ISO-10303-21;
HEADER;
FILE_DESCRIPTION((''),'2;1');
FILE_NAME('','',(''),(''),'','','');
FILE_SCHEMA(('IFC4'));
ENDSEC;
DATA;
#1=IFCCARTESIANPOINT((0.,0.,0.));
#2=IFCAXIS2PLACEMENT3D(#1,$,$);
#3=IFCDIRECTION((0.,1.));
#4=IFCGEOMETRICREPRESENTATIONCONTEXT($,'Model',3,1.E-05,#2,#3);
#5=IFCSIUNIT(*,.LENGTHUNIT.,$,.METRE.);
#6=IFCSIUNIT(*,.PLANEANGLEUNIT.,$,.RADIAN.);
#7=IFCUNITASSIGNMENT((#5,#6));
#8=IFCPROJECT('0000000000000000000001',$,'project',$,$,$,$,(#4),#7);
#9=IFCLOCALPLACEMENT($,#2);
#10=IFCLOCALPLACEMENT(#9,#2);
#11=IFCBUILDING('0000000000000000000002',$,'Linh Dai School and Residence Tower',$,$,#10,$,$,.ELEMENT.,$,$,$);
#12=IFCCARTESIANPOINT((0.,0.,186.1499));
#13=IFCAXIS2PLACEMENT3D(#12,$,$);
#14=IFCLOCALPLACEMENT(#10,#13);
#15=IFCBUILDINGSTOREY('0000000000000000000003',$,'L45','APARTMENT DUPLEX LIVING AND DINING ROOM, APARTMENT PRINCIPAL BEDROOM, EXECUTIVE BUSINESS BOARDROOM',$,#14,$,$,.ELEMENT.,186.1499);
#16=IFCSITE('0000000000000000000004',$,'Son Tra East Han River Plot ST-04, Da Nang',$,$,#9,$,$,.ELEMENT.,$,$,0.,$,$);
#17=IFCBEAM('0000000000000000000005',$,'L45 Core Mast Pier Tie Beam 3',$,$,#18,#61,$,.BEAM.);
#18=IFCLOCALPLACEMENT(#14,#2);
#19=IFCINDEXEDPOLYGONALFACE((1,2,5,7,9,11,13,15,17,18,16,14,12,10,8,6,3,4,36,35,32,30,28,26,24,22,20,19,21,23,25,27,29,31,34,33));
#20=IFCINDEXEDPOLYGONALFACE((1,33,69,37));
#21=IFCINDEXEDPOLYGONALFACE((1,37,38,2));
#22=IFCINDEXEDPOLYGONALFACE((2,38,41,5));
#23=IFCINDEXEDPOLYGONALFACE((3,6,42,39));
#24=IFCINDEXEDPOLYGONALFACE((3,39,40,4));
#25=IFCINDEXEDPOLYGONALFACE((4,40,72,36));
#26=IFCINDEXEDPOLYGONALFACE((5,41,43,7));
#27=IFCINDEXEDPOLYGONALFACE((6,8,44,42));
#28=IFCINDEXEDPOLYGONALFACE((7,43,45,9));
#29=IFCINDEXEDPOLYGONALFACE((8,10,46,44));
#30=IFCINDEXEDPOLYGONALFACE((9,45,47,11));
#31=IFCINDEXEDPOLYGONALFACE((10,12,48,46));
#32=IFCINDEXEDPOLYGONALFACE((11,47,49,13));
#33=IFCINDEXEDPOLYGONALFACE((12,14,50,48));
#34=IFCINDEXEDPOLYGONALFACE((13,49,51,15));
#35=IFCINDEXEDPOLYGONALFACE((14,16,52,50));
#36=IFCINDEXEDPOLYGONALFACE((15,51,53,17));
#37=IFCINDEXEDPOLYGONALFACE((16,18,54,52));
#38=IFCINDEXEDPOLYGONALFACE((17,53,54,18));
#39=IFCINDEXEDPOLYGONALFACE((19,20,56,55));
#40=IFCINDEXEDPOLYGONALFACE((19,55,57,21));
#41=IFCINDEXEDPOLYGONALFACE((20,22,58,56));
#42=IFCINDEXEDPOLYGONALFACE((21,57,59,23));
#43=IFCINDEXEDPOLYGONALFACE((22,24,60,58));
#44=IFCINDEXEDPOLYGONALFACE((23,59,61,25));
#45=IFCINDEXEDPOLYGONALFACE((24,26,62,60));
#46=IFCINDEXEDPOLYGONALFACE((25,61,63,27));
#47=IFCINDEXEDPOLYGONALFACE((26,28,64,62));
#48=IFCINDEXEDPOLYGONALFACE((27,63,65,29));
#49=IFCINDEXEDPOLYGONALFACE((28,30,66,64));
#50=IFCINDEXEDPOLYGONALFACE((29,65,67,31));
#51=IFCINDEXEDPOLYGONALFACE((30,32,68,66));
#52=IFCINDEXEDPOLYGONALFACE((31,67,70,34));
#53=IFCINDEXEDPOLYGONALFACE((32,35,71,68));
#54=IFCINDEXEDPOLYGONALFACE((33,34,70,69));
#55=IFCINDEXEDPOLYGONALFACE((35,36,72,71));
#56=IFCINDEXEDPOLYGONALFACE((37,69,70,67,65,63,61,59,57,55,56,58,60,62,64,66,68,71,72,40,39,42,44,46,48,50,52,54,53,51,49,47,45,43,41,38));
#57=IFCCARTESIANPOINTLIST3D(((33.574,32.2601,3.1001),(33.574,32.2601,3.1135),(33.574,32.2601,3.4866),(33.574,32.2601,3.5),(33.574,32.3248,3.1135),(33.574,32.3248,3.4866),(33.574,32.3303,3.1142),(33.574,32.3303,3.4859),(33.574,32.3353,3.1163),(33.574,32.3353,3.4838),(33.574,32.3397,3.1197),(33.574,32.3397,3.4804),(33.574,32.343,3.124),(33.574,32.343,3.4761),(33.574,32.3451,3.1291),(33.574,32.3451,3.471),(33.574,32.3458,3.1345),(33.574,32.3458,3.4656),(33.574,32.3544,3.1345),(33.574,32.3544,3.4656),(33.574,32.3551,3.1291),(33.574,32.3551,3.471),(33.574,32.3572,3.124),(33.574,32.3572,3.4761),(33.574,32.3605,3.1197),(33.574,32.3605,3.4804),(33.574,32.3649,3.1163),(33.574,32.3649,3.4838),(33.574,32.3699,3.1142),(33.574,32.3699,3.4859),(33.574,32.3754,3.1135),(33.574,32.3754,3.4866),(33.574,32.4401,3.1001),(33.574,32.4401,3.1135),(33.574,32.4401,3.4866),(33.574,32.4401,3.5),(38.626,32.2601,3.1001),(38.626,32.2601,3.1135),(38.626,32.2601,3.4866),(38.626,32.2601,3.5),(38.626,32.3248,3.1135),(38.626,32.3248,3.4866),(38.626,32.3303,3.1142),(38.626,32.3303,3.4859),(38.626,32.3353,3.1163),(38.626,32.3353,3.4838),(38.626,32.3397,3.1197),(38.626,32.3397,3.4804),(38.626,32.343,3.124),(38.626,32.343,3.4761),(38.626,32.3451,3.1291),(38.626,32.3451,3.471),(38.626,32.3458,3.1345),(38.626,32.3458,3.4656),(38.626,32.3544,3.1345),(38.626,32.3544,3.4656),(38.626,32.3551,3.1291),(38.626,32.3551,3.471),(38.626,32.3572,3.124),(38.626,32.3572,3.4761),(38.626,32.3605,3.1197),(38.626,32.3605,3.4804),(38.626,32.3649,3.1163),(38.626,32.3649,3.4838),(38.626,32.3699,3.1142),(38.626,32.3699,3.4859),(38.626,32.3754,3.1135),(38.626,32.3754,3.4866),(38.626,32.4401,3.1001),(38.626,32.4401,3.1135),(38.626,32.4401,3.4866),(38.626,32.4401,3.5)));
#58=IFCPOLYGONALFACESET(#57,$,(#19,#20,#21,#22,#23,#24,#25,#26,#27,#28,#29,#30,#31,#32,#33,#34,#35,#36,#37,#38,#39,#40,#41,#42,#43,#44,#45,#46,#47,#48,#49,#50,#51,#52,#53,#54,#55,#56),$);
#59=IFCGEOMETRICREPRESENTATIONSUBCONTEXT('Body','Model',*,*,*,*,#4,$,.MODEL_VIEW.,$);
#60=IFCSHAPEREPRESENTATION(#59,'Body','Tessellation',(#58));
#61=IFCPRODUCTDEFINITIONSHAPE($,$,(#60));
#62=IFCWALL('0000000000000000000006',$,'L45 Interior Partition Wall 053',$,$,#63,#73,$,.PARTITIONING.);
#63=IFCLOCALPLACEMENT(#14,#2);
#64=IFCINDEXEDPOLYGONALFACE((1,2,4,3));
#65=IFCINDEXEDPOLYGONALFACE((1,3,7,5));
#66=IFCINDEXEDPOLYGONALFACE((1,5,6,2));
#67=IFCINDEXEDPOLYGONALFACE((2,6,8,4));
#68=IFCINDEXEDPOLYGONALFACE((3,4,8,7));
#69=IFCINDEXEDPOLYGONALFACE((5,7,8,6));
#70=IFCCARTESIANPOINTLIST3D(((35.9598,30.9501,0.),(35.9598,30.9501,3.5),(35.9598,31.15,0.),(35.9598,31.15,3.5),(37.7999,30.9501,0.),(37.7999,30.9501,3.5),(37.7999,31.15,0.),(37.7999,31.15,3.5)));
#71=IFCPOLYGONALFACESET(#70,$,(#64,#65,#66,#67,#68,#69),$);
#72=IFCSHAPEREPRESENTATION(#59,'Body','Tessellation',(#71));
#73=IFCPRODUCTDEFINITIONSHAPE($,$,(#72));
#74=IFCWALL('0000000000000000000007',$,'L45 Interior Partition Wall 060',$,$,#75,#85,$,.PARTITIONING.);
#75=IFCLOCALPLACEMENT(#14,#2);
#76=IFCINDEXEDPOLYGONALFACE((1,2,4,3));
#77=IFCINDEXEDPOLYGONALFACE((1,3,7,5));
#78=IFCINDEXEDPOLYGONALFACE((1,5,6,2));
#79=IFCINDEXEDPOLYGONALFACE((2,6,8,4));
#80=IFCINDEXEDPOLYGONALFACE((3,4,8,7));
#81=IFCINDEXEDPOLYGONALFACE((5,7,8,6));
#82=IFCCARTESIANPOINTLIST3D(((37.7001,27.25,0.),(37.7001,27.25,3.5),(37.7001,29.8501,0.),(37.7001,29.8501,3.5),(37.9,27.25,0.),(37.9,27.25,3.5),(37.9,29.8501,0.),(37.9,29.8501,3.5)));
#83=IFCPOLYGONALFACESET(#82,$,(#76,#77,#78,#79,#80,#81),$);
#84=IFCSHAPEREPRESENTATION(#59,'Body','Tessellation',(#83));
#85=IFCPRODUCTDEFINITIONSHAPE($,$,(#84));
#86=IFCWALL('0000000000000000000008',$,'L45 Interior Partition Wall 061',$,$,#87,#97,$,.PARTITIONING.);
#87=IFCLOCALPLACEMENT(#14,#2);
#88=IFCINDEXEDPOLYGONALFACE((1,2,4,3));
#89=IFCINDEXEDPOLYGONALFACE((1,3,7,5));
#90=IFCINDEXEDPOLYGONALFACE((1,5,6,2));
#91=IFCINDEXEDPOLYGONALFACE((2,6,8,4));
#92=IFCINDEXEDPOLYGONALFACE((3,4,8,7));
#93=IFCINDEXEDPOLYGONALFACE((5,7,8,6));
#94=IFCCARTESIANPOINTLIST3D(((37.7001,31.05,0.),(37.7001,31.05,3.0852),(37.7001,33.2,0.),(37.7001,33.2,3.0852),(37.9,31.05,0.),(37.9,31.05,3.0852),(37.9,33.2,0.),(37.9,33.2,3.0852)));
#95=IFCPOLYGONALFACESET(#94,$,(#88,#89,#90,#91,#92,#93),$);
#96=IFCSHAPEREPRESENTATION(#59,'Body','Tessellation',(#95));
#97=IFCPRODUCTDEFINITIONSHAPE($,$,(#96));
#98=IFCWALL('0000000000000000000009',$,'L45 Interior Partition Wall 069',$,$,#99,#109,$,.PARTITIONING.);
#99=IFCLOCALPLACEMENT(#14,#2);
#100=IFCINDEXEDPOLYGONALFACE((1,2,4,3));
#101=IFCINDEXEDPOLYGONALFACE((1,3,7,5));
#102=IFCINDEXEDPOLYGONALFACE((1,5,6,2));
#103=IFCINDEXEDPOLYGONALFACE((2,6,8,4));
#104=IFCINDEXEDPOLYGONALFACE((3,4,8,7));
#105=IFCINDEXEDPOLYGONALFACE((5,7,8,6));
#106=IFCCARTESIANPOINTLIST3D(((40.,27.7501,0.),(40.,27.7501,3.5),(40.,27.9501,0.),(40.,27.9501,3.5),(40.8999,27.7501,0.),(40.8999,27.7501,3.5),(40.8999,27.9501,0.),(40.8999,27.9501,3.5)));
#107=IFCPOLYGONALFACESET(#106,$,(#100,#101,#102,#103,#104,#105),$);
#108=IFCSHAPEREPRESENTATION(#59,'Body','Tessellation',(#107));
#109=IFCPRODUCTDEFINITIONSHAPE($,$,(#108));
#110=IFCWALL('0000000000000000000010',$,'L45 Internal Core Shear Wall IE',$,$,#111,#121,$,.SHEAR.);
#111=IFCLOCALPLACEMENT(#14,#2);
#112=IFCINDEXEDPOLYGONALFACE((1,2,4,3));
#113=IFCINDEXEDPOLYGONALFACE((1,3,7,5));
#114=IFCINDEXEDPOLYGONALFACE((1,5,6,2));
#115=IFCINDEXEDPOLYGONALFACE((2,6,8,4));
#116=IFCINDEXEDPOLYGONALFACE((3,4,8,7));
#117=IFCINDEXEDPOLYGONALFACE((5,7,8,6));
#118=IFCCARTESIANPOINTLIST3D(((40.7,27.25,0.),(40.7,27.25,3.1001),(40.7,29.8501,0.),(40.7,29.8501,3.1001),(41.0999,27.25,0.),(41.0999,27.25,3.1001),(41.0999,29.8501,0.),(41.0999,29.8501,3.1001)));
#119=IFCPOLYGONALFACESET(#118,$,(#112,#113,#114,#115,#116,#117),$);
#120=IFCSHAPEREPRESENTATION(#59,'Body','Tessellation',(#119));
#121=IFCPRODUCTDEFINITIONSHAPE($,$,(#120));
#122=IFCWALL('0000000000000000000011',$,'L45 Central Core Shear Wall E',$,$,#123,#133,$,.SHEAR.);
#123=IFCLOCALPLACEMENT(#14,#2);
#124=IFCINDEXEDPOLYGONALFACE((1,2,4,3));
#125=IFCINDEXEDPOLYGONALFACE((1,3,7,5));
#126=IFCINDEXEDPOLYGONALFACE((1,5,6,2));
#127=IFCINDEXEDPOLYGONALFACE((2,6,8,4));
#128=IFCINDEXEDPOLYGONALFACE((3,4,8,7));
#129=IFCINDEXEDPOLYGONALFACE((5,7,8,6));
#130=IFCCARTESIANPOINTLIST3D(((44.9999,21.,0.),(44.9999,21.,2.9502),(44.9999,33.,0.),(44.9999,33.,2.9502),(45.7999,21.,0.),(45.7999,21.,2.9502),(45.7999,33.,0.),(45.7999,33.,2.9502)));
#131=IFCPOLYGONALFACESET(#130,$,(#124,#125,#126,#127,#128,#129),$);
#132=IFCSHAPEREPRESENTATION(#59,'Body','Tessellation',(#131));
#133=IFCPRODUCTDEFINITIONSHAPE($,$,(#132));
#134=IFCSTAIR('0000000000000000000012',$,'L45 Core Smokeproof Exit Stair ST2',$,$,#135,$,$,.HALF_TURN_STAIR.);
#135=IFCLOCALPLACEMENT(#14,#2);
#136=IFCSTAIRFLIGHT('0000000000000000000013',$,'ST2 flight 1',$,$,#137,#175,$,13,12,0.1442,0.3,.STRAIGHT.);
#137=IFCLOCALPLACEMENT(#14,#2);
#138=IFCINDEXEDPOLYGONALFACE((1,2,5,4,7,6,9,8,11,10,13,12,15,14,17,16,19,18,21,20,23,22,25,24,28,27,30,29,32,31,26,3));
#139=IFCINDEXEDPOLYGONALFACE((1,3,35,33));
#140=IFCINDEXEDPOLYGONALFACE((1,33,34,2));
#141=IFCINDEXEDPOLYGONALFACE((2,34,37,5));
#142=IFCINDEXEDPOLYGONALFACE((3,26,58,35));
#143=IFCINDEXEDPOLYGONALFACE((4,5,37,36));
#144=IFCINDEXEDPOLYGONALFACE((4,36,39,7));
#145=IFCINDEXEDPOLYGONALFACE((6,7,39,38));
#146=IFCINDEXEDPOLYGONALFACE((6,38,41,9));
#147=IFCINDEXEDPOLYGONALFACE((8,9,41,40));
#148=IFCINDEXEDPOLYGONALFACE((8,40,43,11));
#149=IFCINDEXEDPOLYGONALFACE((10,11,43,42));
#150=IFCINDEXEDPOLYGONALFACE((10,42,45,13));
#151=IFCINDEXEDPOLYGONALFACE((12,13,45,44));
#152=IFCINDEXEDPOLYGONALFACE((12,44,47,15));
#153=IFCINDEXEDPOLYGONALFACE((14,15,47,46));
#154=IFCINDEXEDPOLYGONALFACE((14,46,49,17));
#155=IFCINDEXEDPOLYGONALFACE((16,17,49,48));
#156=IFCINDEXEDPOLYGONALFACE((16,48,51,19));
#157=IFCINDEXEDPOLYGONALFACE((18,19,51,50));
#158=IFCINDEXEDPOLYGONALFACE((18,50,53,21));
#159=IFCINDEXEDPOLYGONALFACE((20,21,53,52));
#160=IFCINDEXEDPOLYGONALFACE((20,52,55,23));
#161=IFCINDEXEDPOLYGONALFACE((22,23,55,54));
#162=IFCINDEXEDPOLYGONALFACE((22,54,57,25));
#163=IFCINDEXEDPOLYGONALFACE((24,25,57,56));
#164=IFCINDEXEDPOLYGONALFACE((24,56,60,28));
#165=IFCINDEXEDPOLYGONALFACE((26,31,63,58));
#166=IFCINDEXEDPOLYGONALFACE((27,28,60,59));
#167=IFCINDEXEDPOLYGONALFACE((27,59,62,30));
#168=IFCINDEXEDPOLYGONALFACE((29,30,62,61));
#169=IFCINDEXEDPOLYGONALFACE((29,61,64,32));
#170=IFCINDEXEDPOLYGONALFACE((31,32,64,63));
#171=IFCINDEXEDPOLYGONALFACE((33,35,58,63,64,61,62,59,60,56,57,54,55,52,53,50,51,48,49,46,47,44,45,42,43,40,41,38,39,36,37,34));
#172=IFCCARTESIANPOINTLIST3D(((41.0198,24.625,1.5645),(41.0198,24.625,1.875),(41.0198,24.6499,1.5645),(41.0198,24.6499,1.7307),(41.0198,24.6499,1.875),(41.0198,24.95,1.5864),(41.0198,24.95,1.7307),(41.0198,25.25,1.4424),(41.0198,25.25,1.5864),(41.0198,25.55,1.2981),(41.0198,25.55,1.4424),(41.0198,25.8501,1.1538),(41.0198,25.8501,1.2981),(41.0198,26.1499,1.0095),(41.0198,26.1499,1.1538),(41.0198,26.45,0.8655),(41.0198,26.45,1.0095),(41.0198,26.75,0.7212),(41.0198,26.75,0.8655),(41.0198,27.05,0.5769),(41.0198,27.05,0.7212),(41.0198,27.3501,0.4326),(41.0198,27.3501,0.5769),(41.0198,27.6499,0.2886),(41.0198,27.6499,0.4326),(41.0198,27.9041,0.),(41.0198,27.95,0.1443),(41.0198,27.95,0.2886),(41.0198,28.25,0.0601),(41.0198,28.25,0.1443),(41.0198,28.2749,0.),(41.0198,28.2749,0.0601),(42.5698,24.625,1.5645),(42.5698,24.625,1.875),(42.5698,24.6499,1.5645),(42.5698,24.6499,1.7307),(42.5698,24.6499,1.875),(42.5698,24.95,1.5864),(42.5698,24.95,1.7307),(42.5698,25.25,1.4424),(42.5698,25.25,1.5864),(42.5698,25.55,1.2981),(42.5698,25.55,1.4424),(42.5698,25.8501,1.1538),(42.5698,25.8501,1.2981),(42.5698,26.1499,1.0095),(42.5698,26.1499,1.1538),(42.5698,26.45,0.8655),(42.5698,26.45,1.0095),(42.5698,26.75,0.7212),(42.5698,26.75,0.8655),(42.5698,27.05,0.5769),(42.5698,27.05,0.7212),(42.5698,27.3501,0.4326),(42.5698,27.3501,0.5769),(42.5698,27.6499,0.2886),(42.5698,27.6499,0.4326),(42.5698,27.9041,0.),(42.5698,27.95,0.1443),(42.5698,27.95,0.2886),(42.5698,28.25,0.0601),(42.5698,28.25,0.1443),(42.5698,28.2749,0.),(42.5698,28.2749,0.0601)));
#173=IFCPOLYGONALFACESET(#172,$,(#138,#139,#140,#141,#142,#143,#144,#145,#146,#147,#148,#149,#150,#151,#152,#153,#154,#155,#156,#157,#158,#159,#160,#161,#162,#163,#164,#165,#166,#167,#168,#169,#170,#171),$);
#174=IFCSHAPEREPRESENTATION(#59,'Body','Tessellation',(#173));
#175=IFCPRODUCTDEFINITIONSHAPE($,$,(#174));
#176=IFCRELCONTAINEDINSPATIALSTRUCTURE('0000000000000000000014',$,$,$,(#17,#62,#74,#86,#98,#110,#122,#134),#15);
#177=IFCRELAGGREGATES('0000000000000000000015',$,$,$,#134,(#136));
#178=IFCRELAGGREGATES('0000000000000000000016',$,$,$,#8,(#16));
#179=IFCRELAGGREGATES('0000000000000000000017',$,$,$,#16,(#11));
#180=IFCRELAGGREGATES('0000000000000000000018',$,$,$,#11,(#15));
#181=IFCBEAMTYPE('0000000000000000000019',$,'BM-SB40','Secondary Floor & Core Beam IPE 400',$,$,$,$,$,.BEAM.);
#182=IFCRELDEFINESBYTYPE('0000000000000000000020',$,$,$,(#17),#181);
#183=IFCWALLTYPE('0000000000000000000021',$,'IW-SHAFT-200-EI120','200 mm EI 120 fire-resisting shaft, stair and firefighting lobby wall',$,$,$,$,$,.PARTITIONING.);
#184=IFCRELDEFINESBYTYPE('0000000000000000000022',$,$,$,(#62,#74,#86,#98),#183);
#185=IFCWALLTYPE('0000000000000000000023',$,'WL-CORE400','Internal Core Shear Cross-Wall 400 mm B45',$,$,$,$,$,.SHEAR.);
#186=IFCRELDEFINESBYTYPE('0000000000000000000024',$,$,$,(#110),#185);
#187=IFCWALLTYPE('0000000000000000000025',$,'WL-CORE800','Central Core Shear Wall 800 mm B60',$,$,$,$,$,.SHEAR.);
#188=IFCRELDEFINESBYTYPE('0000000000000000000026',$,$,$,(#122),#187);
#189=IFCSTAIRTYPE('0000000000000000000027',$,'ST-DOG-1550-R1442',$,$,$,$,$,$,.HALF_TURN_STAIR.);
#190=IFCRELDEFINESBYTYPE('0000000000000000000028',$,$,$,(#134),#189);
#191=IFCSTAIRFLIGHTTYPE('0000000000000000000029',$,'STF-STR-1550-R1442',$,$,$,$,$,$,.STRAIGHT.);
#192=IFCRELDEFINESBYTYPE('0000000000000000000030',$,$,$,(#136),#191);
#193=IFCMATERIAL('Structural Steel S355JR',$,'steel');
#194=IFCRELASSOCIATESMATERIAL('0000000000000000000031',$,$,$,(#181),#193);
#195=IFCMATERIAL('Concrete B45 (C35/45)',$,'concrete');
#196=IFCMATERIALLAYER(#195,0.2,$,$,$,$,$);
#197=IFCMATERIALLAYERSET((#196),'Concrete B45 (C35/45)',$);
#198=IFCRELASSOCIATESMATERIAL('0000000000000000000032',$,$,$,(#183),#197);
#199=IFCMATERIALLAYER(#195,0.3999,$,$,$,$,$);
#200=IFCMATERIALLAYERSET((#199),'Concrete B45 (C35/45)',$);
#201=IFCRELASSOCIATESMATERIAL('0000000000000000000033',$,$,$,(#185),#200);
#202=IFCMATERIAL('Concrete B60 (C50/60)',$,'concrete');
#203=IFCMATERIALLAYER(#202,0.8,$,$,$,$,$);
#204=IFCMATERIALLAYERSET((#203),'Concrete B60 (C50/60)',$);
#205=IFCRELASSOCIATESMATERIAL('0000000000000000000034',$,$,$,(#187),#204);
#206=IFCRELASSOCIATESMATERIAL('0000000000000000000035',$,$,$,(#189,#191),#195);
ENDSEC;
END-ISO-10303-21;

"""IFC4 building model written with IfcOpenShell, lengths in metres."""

from ifc_helpers import new_model, si_unit, direction, frame, frame_2d, origin, origin_2d, place, context, subcontext, project, spatial, polyline, rectangle, i_section, outline, extrude, source, transform, mapped, material, layer, layer_set, material_profile, profile_set, type_object, element, aggregate, save


model = new_model("IFC4")

# Units and contexts
model_context = context("Model", 3, precision=1e-05, world=origin(), true_north=direction((0.0, 1.0)))
body_context = subcontext(model_context, "Body", "Model", "MODEL_VIEW")
ifc_project = project(units=[si_unit("LENGTHUNIT", "METRE"), si_unit("PLANEANGLEUNIT", "RADIAN")], contexts=[model_context])

# Site, building, storey
site_placement = place(None, origin())
site = spatial("IfcSite", under=ifc_project, at=site_placement, Name="Son Tra East Han River Plot ST-04, Da Nang", CompositionType="ELEMENT", RefElevation=0.0)
building_placement = place(site_placement, origin())
building = spatial("IfcBuilding", under=site, at=building_placement, Name="Linh Dai School and Residence Tower", CompositionType="ELEMENT")
storey_placement = place(building_placement, frame((0.0, 0.0, 186.1499)))
storey = spatial("IfcBuildingStorey", under=building, at=storey_placement, Name="L45", Description="APARTMENT DUPLEX LIVING AND DINING ROOM, APARTMENT PRINCIPAL BEDROOM, EXECUTIVE BUSINESS BOARDROOM", CompositionType="ELEMENT", Elevation=186.1499)

# Shared definitions
ifc_material_1 = material(Name="Structural Steel S355JR", Category="steel")

# Beam
ifc_material_profile_1 = material_profile(ifc_material_1, i_section(OverallWidth=0.1799, OverallDepth=0.3999, WebThickness=0.0085, FlangeThickness=0.0134, FilletRadius=0.021, at=origin_2d()), Name="IPE 400")
ifc_profile_set_1 = profile_set([ifc_material_profile_1], Name="Structural Steel S355JR")
beam_type_1 = type_object("IfcBeamType", Name="BM-SB40", Description="Secondary Floor & Core Beam IPE 400", PredefinedType="BEAM", material=ifc_profile_set_1)
beam_1_placement = place(storey_placement, frame((38.626, 32.3501, 3.3), z_axis=(-1.0, 0.0, 0.0), x_axis=(0.0, -1.0, 0.0)))
element("IfcBeam", 1, at=beam_1_placement, inside=storey, type_object=beam_type_1, Name="L45 Core Mast Pier Tie Beam 3", PredefinedType="BEAM", context=body_context, shape_type="SweptSolid", body=[
    extrude(i_section(OverallWidth=0.1799, OverallDepth=0.3999, WebThickness=0.0085, FlangeThickness=0.0134, FilletRadius=0.021, at=origin_2d()), origin(), (0.0, 0.0, 1.0), 5.052),
])

# Walls
ifc_material_2 = material(Name="Concrete B45 (C35/45)", Category="concrete")
ifc_layer_1 = layer(ifc_material_2, 0.2)
ifc_layer_set_1 = layer_set([ifc_layer_1], Name="Concrete B45 (C35/45)")
wall_type_1 = type_object("IfcWallType", Name="IW-SHAFT-200-EI120", Description="200 mm EI 120 fire-resisting shaft, stair and firefighting lobby wall", PredefinedType="PARTITIONING", material=ifc_layer_set_1)
wall_1_placement = place(storey_placement, frame((35.96, 31.05, 0.0), z_axis=(0.0, 0.0, 1.0), x_axis=(1.0, 0.0, 0.0)))
element("IfcWall", 2, at=wall_1_placement, inside=storey, type_object=wall_type_1, Name="L45 Interior Partition Wall 053", PredefinedType="PARTITIONING", context=body_context, shape_type="SweptSolid", body=[
    extrude(rectangle(XDim=1.8401, YDim=0.2, at=frame_2d((0.9199, 0.0))), origin(), (0.0, 0.0, 1.0), 3.5),
])
wall_2_placement = place(storey_placement, frame((37.8, 27.25, 0.0), z_axis=(0.0, 0.0, 1.0), x_axis=(0.0, 1.0, 0.0)))
element("IfcWall", 3, at=wall_2_placement, inside=storey, type_object=wall_type_1, Name="L45 Interior Partition Wall 060", PredefinedType="PARTITIONING", context=body_context, shape_type="SweptSolid", body=[
    extrude(rectangle(XDim=2.6001, YDim=0.2, at=frame_2d((1.3, 0.0))), origin(), (0.0, 0.0, 1.0), 3.5),
])
wall_3_placement = place(storey_placement, frame((37.8, 31.05, 0.0), z_axis=(0.0, 0.0, 1.0), x_axis=(0.0, 1.0, 0.0)))
element("IfcWall", 4, at=wall_3_placement, inside=storey, type_object=wall_type_1, Name="L45 Interior Partition Wall 061", PredefinedType="PARTITIONING", context=body_context, shape_type="SweptSolid", body=[
    extrude(rectangle(XDim=2.1499, YDim=0.2, at=frame_2d((1.075, 0.0))), origin(), (0.0, 0.0, 1.0), 3.0852),
])
wall_4_placement = place(storey_placement, frame((40.0, 27.8501, 0.0), z_axis=(0.0, 0.0, 1.0), x_axis=(1.0, 0.0, 0.0)))
element("IfcWall", 5, at=wall_4_placement, inside=storey, type_object=wall_type_1, Name="L45 Interior Partition Wall 069", PredefinedType="PARTITIONING", context=body_context, shape_type="SweptSolid", body=[
    extrude(rectangle(XDim=0.8999, YDim=0.2, at=frame_2d((0.45, 0.0))), origin(), (0.0, 0.0, 1.0), 3.5),
])
ifc_layer_2 = layer(ifc_material_2, 0.3999)
ifc_layer_set_2 = layer_set([ifc_layer_2], Name="Concrete B45 (C35/45)")
wall_type_2 = type_object("IfcWallType", Name="WL-CORE400", Description="Internal Core Shear Cross-Wall 400 mm B45", PredefinedType="SHEAR", material=ifc_layer_set_2)
wall_5_placement = place(storey_placement, frame((40.8999, 27.25, 0.0), z_axis=(0.0, 0.0, 1.0), x_axis=(0.0, 1.0, 0.0)))
element("IfcWall", 6, at=wall_5_placement, inside=storey, type_object=wall_type_2, Name="L45 Internal Core Shear Wall IE", PredefinedType="SHEAR", context=body_context, shape_type="SweptSolid", body=[
    extrude(rectangle(XDim=2.6001, YDim=0.3999, at=frame_2d((1.3, 0.0))), origin(), (0.0, 0.0, 1.0), 3.1001),
])
ifc_material_3 = material(Name="Concrete B60 (C50/60)", Category="concrete")
ifc_layer_3 = layer(ifc_material_3, 0.8)
ifc_layer_set_3 = layer_set([ifc_layer_3], Name="Concrete B60 (C50/60)")
wall_type_3 = type_object("IfcWallType", Name="WL-CORE800", Description="Central Core Shear Wall 800 mm B60", PredefinedType="SHEAR", material=ifc_layer_set_3)
wall_6_placement = place(storey_placement, frame((45.3999, 33.0, 0.0), z_axis=(0.0, 0.0, 1.0), x_axis=(0.0, -1.0, 0.0)))
element("IfcWall", 7, at=wall_6_placement, inside=storey, type_object=wall_type_3, Name="L45 Central Core Shear Wall E", PredefinedType="SHEAR", context=body_context, shape_type="SweptSolid", body=[
    extrude(rectangle(XDim=12.0, YDim=0.8, at=frame_2d((6.0, 0.0))), origin(), (0.0, 0.0, 1.0), 2.9502),
])

# Stair, stair flight
stair_type = type_object("IfcStairType", Name="ST-DOG-1550-R1442", PredefinedType="HALF_TURN_STAIR", material=ifc_material_2)
stair_placement = place(storey_placement, origin())
stair = element("IfcStair", 8, at=stair_placement, inside=storey, type_object=stair_type, Name="L45 Core Smokeproof Exit Stair ST2", PredefinedType="HALF_TURN_STAIR")
stair_flight_type = type_object("IfcStairFlightType", Name="STF-STR-1550-R1442", PredefinedType="STRAIGHT", material=ifc_material_2)
shared_shape_1 = source(origin(), body_context, "Body", "SweptSolid", [
    extrude(outline(polyline([(-0.0249, 0.0), (-0.0249, 0.0601), (0.0, 0.0601), (0.0, 0.1443), (0.3, 0.1443), (0.3, 0.2886), (0.6001, 0.2886), (0.6001, 0.4326), (0.8999, 0.4326), (0.8999, 0.5769), (1.2, 0.5769), (1.2, 0.7212), (1.5, 0.7212), (1.5, 0.8655), (1.8, 0.8655), (1.8, 1.0095), (2.1001, 1.0095), (2.1001, 1.1538), (2.3999, 1.1538), (2.3999, 1.2981), (2.7, 1.2981), (2.7, 1.4424), (3.0, 1.4424), (3.0, 1.5864), (3.3, 1.5864), (3.3, 1.7307), (3.6001, 1.7307), (3.6001, 1.875), (3.625, 1.875), (3.625, 1.5645), (3.6001, 1.5645), (0.3459, 0.0), (-0.0249, 0.0)])), frame((0.0, 0.7749, 0.0), z_axis=(0.0, -1.0, 0.0), x_axis=(1.0, 0.0, 0.0)), (0.0, 0.0, 1.0), 1.55),
])
stair_flight_placement = place(storey_placement, frame((41.7949, 28.25, 0.0), z_axis=(0.0, 0.0, 1.0), x_axis=(0.0, -1.0, 0.0)))
stair_flight = element("IfcStairFlight", 9, at=stair_flight_placement, type_object=stair_flight_type, Name="ST2 flight 1", NumberOfRisers=13, NumberOfTreads=12, PredefinedType="STRAIGHT", RiserHeight=0.1442, TreadLength=0.3, context=body_context, shape_type="MappedRepresentation", body=[
    mapped(shared_shape_1, transform((0.0, 0.0, 0.0), x_axis=(1.0, 0.0, 0.0), y_axis=(0.0, 1.0, 0.0), z_axis=(0.0, 0.0, 1.0), scale=1.0)),
])
aggregate(stair, [stair_flight])

save(model, "model.ifc")
